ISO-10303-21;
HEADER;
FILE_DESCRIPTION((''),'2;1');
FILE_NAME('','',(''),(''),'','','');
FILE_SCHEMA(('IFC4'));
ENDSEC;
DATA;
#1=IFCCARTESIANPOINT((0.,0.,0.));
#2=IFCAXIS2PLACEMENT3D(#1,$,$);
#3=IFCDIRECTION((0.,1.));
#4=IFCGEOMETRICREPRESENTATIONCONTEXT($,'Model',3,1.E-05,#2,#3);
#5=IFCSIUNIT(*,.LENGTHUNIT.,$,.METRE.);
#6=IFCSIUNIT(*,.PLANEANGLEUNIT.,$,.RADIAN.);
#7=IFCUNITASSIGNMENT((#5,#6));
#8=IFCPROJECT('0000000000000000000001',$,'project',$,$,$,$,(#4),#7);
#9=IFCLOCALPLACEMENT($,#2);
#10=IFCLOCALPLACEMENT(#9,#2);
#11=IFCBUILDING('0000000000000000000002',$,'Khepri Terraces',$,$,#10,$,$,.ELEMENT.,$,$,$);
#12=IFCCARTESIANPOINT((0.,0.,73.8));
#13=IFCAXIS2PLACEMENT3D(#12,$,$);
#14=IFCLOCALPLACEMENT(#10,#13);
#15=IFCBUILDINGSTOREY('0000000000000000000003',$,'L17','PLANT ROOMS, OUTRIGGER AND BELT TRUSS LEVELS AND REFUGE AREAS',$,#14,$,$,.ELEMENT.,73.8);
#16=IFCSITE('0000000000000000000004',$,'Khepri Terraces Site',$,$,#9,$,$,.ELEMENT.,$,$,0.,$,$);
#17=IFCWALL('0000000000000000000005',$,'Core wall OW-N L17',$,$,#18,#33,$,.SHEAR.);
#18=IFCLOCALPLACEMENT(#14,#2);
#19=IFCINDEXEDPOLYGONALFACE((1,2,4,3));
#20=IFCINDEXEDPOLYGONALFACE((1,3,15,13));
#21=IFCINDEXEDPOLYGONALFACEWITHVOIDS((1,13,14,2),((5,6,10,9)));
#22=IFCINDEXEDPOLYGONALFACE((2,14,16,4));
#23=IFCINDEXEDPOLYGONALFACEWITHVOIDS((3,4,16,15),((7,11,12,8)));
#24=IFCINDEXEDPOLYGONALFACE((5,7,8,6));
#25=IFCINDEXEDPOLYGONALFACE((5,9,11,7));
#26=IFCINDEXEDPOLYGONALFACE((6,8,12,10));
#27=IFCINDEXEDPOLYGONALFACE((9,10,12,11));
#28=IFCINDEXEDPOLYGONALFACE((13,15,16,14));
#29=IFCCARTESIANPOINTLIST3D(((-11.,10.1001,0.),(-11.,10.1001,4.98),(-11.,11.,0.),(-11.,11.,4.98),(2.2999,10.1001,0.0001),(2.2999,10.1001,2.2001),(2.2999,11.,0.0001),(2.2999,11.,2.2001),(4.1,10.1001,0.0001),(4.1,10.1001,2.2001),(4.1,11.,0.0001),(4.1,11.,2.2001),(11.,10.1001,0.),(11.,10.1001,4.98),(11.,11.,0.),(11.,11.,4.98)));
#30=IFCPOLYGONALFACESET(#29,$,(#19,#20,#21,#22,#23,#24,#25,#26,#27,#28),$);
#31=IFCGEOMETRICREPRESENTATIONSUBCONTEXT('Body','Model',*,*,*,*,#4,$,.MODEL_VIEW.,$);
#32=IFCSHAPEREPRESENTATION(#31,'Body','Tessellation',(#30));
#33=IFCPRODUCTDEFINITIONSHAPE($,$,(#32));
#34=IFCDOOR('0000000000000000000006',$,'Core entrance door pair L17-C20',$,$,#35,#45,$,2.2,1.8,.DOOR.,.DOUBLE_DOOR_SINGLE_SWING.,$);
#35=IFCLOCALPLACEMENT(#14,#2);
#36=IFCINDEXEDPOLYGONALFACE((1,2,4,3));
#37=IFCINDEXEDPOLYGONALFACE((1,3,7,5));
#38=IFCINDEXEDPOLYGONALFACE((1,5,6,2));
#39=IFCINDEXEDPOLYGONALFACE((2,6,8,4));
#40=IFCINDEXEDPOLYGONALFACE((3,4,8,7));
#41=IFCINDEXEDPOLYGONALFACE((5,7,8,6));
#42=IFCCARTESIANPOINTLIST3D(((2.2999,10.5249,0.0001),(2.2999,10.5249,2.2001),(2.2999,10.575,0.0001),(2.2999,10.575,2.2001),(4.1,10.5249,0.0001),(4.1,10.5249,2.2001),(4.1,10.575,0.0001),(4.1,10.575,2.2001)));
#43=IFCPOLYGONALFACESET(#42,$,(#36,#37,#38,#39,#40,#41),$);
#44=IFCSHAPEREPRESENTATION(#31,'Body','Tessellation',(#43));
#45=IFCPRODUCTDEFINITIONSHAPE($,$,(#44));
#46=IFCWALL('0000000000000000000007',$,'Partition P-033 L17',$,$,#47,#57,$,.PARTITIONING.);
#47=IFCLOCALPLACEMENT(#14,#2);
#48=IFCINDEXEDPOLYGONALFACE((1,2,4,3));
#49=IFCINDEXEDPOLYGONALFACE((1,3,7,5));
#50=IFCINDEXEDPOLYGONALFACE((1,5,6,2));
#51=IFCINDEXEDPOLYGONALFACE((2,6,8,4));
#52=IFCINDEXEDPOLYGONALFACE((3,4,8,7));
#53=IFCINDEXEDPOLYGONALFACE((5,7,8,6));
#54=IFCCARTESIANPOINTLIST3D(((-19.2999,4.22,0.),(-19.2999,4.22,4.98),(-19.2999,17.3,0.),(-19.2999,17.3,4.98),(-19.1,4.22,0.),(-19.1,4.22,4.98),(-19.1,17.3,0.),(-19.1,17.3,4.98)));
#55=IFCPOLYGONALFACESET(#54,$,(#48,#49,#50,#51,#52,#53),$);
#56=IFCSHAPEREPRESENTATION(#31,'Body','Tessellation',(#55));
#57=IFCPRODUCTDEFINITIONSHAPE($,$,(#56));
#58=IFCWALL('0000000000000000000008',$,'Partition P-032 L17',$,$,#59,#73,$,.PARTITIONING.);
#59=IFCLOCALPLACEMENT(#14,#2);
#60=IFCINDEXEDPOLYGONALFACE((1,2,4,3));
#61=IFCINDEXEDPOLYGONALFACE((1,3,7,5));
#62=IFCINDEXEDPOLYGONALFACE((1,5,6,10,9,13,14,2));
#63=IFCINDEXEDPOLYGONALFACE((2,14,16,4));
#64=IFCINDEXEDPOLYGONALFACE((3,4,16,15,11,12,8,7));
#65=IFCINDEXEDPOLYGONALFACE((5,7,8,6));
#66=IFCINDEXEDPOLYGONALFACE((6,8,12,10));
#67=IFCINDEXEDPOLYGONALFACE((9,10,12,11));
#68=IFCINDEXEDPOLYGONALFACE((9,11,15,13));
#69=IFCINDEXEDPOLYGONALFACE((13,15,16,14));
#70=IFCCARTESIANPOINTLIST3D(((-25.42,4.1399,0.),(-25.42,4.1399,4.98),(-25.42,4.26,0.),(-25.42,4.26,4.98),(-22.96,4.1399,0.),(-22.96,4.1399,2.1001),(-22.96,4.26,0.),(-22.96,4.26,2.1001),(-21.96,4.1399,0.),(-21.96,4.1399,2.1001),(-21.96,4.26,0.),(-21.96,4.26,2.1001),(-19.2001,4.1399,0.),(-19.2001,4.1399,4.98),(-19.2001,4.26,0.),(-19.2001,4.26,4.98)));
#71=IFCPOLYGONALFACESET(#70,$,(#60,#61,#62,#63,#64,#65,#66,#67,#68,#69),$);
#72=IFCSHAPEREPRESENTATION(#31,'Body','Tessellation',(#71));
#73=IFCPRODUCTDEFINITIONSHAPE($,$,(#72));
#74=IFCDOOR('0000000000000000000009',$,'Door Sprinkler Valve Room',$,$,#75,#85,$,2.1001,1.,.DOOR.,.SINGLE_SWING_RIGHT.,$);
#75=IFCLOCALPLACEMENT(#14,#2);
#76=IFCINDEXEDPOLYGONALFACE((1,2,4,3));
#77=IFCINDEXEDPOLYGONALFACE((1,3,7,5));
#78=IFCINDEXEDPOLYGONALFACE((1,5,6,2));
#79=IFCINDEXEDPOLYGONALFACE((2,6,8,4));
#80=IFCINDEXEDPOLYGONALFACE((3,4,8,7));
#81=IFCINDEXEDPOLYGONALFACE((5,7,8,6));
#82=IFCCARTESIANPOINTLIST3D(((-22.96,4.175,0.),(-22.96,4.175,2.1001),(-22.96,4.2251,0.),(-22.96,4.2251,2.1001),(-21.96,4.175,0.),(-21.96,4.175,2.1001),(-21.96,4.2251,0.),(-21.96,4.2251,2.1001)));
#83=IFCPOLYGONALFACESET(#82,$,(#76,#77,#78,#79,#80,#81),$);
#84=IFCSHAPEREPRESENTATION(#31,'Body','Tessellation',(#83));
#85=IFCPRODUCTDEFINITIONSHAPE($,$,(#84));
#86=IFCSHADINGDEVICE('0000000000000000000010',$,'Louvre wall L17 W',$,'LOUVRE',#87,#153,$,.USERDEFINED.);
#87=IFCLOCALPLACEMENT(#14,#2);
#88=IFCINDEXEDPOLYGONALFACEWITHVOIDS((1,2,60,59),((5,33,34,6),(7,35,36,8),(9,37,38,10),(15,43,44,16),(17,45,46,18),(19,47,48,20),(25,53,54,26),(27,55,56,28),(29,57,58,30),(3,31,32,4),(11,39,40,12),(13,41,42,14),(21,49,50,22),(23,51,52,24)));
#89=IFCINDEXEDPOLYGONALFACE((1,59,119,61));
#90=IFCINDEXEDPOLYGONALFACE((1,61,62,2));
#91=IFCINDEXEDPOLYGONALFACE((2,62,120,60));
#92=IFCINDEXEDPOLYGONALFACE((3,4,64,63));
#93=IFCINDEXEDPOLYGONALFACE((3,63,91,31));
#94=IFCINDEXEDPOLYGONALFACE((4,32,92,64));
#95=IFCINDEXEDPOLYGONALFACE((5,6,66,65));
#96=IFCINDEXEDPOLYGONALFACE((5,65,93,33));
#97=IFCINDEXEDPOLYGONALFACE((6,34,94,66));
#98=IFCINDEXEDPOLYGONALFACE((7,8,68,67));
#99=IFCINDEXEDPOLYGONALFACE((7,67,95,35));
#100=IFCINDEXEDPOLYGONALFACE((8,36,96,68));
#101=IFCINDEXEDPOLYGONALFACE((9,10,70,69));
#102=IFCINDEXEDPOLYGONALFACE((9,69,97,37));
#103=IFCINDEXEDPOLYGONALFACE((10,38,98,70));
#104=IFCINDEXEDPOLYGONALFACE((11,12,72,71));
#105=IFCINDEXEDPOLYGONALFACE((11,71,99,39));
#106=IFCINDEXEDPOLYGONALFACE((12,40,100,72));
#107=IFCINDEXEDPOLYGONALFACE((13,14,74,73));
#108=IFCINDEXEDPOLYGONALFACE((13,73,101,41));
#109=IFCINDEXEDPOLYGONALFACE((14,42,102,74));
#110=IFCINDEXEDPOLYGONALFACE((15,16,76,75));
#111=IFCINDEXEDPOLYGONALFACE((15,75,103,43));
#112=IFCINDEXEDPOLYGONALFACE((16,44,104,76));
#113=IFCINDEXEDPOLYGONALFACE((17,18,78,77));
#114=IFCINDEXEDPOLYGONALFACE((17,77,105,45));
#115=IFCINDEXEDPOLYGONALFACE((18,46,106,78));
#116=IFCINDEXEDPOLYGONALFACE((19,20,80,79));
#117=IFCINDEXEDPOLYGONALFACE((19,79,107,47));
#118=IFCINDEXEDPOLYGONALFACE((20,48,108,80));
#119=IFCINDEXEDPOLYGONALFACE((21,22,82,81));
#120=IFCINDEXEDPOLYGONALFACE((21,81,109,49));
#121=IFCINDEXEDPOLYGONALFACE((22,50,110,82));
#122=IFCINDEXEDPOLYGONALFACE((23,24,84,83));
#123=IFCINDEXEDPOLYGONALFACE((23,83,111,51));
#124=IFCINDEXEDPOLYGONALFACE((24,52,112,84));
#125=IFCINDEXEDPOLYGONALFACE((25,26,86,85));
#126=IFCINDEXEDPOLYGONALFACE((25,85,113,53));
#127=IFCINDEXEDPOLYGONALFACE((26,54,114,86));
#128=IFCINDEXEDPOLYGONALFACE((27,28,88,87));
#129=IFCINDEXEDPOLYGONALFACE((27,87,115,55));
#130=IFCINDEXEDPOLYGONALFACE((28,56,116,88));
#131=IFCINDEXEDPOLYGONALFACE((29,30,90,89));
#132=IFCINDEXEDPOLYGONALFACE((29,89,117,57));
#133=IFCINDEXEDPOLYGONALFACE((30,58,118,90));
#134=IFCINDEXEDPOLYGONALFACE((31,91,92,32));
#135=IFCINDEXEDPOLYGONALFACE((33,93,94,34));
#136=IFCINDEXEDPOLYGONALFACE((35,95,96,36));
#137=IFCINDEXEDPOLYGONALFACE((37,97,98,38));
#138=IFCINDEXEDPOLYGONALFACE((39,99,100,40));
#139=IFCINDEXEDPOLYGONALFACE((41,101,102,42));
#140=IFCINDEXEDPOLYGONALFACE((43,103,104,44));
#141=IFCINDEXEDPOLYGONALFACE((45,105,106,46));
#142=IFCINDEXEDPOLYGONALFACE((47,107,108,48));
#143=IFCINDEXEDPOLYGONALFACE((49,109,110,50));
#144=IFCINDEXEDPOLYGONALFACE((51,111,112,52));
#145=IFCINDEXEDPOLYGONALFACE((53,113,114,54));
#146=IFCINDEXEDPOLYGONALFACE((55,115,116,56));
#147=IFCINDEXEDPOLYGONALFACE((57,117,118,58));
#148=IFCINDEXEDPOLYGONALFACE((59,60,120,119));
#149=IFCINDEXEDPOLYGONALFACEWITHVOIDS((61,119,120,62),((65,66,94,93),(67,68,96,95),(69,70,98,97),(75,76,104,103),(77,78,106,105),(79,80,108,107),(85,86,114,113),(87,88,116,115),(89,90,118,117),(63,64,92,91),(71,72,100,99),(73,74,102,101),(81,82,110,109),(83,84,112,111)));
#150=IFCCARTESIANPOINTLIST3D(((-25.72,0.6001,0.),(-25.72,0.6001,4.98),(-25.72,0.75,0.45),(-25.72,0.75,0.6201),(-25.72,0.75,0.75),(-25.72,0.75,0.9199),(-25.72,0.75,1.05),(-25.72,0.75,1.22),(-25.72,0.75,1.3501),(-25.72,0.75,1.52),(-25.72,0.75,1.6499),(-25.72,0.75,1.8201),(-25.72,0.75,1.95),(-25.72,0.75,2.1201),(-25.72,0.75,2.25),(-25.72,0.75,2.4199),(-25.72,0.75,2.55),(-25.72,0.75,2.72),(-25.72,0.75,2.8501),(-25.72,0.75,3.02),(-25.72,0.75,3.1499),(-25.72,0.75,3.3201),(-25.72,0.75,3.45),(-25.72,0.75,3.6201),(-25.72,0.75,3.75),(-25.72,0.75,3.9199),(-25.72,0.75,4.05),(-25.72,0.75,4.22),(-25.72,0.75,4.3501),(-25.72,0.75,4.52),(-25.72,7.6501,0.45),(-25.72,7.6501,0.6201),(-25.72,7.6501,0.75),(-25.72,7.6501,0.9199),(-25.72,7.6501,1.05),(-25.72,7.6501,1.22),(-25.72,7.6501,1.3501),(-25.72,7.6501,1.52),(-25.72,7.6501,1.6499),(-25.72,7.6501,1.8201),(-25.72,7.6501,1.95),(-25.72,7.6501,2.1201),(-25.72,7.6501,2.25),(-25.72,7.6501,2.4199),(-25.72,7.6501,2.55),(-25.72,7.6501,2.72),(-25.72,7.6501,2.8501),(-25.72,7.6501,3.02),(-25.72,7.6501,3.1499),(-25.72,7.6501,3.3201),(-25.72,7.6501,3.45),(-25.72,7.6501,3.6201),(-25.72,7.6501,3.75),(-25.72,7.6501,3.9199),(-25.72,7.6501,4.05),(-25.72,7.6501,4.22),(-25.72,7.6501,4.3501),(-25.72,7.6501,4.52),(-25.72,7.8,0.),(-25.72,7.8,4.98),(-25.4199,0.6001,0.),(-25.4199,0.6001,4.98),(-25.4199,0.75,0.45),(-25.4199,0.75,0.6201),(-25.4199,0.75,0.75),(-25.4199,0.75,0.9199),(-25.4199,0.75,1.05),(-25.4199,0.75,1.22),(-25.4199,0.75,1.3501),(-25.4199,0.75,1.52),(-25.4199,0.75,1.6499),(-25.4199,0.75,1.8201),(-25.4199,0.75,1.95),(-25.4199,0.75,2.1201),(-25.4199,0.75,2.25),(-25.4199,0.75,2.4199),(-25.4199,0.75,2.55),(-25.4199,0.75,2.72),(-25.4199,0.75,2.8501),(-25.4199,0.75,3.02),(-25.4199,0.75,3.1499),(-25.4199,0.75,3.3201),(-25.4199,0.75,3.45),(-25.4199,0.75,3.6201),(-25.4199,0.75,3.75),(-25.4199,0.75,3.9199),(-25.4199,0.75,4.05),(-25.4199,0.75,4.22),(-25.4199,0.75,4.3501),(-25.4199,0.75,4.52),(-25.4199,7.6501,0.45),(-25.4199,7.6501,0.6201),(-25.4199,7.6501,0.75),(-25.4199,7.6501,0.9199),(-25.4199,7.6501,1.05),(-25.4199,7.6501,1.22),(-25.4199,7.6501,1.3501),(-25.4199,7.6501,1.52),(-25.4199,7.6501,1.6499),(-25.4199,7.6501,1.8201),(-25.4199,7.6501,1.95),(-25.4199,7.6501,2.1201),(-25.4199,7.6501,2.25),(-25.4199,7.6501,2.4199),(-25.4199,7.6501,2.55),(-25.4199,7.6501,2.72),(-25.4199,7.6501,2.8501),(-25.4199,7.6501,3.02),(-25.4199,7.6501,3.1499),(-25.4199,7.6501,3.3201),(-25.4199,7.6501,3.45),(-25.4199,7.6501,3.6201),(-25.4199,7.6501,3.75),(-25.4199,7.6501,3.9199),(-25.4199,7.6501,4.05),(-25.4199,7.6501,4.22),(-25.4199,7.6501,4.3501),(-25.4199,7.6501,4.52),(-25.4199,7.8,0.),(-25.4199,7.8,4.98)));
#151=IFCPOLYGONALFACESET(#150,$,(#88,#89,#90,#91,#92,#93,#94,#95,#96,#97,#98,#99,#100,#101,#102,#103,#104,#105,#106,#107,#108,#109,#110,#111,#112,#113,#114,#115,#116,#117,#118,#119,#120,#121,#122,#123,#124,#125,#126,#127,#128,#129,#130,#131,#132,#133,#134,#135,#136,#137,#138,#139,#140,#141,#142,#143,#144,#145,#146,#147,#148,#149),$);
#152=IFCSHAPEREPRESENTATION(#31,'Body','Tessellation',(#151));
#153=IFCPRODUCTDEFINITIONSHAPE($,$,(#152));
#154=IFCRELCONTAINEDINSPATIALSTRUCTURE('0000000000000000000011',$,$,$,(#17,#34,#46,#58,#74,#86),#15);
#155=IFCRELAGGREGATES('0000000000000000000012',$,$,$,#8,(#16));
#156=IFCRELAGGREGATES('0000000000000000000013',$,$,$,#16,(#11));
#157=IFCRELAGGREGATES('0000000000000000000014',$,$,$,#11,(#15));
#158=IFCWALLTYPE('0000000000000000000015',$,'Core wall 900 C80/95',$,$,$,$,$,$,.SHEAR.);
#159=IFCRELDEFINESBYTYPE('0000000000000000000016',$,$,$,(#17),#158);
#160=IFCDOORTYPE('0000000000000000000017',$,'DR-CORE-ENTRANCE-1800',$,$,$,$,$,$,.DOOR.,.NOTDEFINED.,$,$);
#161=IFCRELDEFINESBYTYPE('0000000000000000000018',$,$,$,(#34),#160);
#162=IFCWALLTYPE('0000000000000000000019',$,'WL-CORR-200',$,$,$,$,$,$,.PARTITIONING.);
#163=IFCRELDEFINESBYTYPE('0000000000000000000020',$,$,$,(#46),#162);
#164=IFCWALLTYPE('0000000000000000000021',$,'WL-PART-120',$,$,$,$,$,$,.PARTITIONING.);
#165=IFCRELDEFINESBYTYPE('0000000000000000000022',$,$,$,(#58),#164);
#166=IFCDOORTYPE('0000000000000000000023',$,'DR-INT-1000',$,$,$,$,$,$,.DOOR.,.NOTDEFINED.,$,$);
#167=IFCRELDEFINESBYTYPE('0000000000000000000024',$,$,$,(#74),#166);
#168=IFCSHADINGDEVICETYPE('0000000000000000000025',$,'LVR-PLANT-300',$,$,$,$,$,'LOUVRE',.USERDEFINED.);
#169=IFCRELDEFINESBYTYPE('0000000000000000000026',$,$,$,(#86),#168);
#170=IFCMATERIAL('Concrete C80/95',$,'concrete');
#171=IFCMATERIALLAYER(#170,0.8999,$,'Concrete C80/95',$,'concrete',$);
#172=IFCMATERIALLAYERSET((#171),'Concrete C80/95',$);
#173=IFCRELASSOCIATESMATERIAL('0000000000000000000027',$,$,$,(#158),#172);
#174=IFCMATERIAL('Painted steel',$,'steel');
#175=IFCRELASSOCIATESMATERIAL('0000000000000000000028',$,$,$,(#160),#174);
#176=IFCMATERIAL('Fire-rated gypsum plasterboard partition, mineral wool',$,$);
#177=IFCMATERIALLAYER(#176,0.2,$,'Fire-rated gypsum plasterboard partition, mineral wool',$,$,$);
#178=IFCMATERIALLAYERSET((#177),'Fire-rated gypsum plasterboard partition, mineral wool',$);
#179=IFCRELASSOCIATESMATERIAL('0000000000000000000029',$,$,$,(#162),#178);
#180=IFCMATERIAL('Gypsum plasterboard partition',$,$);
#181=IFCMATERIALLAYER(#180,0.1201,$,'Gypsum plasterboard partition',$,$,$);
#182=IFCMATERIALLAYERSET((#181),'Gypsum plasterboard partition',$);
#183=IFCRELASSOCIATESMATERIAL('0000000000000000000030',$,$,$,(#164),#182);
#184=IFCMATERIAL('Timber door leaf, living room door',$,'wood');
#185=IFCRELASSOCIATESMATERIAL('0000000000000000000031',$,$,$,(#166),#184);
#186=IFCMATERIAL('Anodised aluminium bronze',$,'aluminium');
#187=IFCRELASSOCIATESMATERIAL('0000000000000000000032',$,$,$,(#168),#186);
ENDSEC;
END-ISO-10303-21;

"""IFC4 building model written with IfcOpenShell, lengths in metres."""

from ifc_helpers import new_model, si_unit, direction, frame, frame_2d, origin, place, context, subcontext, project, spatial, polyline, rectangle, outline, extrude, material, layer, layer_set, type_object, element, fill, save


model = new_model("IFC4")

# Units and contexts
model_context = context("Model", 3, precision=1e-05, world=origin(), true_north=direction((0.0, 1.0)))
body_context = subcontext(model_context, "Body", "Model", "MODEL_VIEW")
ifc_project = project(units=[si_unit("LENGTHUNIT", "METRE"), si_unit("PLANEANGLEUNIT", "RADIAN")], contexts=[model_context])

# Site, building, storey
site_placement = place(None, origin())
site = spatial("IfcSite", under=ifc_project, at=site_placement, Name="Khepri Terraces Site", CompositionType="ELEMENT", RefElevation=0.0)
building_placement = place(site_placement, origin())
building = spatial("IfcBuilding", under=site, at=building_placement, Name="Khepri Terraces", CompositionType="ELEMENT")
storey_placement = place(building_placement, frame((0.0, 0.0, 73.8)))
storey = spatial("IfcBuildingStorey", under=building, at=storey_placement, Name="L17", Description="PLANT ROOMS, OUTRIGGER AND BELT TRUSS LEVELS AND REFUGE AREAS", CompositionType="ELEMENT", Elevation=73.8)

# Shared definitions
ifc_material_1 = material(Name="Concrete C80/95", Category="concrete")

# Wall, opening, door
ifc_layer_1 = layer(ifc_material_1, 0.8999, Name="Concrete C80/95", Category="concrete")
ifc_layer_set_1 = layer_set([ifc_layer_1], Name="Concrete C80/95")
wall_type_1 = type_object("IfcWallType", Name="Core wall 900 C80/95", PredefinedType="SHEAR", material=ifc_layer_set_1)
wall_1_placement = place(storey_placement, frame((-11.0, 10.55, 0.0), z_axis=(0.0, 0.0, 1.0), x_axis=(1.0, 0.0, 0.0)))
wall_1 = element("IfcWall", 1, at=wall_1_placement, inside=storey, type_object=wall_type_1, Name="Core wall OW-N L17", PredefinedType="SHEAR", context=body_context, shape_type="SweptSolid", body=[
    extrude(rectangle(XDim=22.0, YDim=0.8999, at=frame_2d((11.0, 0.0))), origin(), (0.0, 0.0, 1.0), 4.98),
])
opening_1_placement = place(wall_1_placement, frame((13.3, 0.0, 0.0)))
opening_1 = element("IfcOpeningElement", 2, at=opening_1_placement, cuts=wall_1, PredefinedType="OPENING", context=body_context, shape_type="SweptSolid", body=[
    extrude(rectangle(XDim=1.8, YDim=2.2, at=frame_2d((0.8999, 1.1001))), frame((0.0, 0.46, 0.0), z_axis=(0.0, -1.0, 0.0), x_axis=(1.0, 0.0, 0.0)), (0.0, 0.0, 1.0), 0.9199),
])
ifc_material_2 = material(Name="Painted steel", Category="steel")
door_type_1 = type_object("IfcDoorType", Name="DR-CORE-ENTRANCE-1800", OperationType="NOTDEFINED", PredefinedType="DOOR", material=ifc_material_2)
door_1_placement = place(opening_1_placement, origin())
door_1 = element("IfcDoor", 3, at=door_1_placement, inside=storey, type_object=door_type_1, Name="Core entrance door pair L17-C20", OperationType="DOUBLE_DOOR_SINGLE_SWING", OverallHeight=2.2, OverallWidth=1.8, PredefinedType="DOOR", context=body_context, shape_type="SweptSolid", body=[
    extrude(rectangle(XDim=1.8, YDim=2.2, at=frame_2d((0.8999, 1.1001))), frame((0.0, 0.0249, 0.0), z_axis=(0.0, -1.0, 0.0), x_axis=(1.0, 0.0, 0.0)), (0.0, 0.0, 1.0), 0.05),
])
fill(opening_1, door_1)

# Wall
ifc_material_3 = material(Name="Fire-rated gypsum plasterboard partition, mineral wool")
ifc_layer_2 = layer(ifc_material_3, 0.2, Name="Fire-rated gypsum plasterboard partition, mineral wool")
ifc_layer_set_2 = layer_set([ifc_layer_2], Name="Fire-rated gypsum plasterboard partition, mineral wool")
wall_type_2 = type_object("IfcWallType", Name="WL-CORR-200", PredefinedType="PARTITIONING", material=ifc_layer_set_2)
wall_2_placement = place(storey_placement, frame((-19.2, 4.22, 0.0), z_axis=(0.0, 0.0, 1.0), x_axis=(0.0, 1.0, 0.0)))
element("IfcWall", 4, at=wall_2_placement, inside=storey, type_object=wall_type_2, Name="Partition P-033 L17", PredefinedType="PARTITIONING", context=body_context, shape_type="SweptSolid", body=[
    extrude(rectangle(XDim=13.0801, YDim=0.2, at=frame_2d((6.54, 0.0))), origin(), (0.0, 0.0, 1.0), 4.98),
])

# Wall, opening, door
ifc_material_4 = material(Name="Gypsum plasterboard partition")
ifc_layer_3 = layer(ifc_material_4, 0.1201, Name="Gypsum plasterboard partition")
ifc_layer_set_3 = layer_set([ifc_layer_3], Name="Gypsum plasterboard partition")
wall_type_3 = type_object("IfcWallType", Name="WL-PART-120", PredefinedType="PARTITIONING", material=ifc_layer_set_3)
wall_3_placement = place(storey_placement, frame((-25.4199, 4.2, 0.0), z_axis=(0.0, 0.0, 1.0), x_axis=(1.0, 0.0, 0.0)))
wall_3 = element("IfcWall", 5, at=wall_3_placement, inside=storey, type_object=wall_type_3, Name="Partition P-032 L17", PredefinedType="PARTITIONING", context=body_context, shape_type="SweptSolid", body=[
    extrude(rectangle(XDim=6.22, YDim=0.1201, at=frame_2d((3.1099, 0.0))), origin(), (0.0, 0.0, 1.0), 4.98),
])
opening_2_placement = place(wall_3_placement, frame((2.46, 0.0, 0.0)))
opening_2 = element("IfcOpeningElement", 6, at=opening_2_placement, cuts=wall_3, PredefinedType="OPENING", context=body_context, shape_type="SweptSolid", body=[
    extrude(rectangle(XDim=1.0, YDim=2.1001, at=frame_2d((0.5, 1.05))), frame((0.0, 0.0701, 0.0), z_axis=(0.0, -1.0, 0.0), x_axis=(1.0, 0.0, 0.0)), (0.0, 0.0, 1.0), 0.1401),
])
ifc_material_5 = material(Name="Timber door leaf, living room door", Category="wood")
door_type_2 = type_object("IfcDoorType", Name="DR-INT-1000", OperationType="NOTDEFINED", PredefinedType="DOOR", material=ifc_material_5)
door_2_placement = place(opening_2_placement, frame((1.0, 0.0, 0.0), z_axis=(0.0, 0.0, 1.0), x_axis=(-1.0, 0.0, 0.0)))
door_2 = element("IfcDoor", 7, at=door_2_placement, inside=storey, type_object=door_type_2, Name="Door Sprinkler Valve Room", OperationType="SINGLE_SWING_RIGHT", OverallHeight=2.1001, OverallWidth=1.0, PredefinedType="DOOR", context=body_context, shape_type="SweptSolid", body=[
    extrude(rectangle(XDim=1.0, YDim=2.1001, at=frame_2d((0.5, 1.05))), frame((0.0, 0.0249, 0.0), z_axis=(0.0, -1.0, 0.0), x_axis=(1.0, 0.0, 0.0)), (0.0, 0.0, 1.0), 0.05),
])
fill(opening_2, door_2)

# Shading device
ifc_material_6 = material(Name="Anodised aluminium bronze", Category="aluminium")
shading_device_type = type_object("IfcShadingDeviceType", Name="LVR-PLANT-300", ElementType="LOUVRE", PredefinedType="USERDEFINED", material=ifc_material_6)
shading_device_1_placement = place(storey_placement, frame((-25.4199, 7.8, 0.0), z_axis=(-1.0, 0.0, 0.0), x_axis=(0.0, -1.0, 0.0)))
element("IfcShadingDevice", 8, at=shading_device_1_placement, inside=storey, type_object=shading_device_type, Name="Louvre wall L17 W", ObjectType="LOUVRE", PredefinedType="USERDEFINED", context=body_context, shape_type="SweptSolid", body=[
    extrude(outline(polyline([(0.0, 0.0), (7.2, 0.0), (7.2, 4.98), (0.0, 4.98), (0.0, 0.0)]), holes=[polyline([(0.1499, 0.45), (7.05, 0.45), (7.05, 0.6201), (0.1499, 0.6201), (0.1499, 0.45)]), polyline([(0.1499, 0.75), (7.05, 0.75), (7.05, 0.9199), (0.1499, 0.9199), (0.1499, 0.75)]), polyline([(0.1499, 1.05), (7.05, 1.05), (7.05, 1.22), (0.1499, 1.22), (0.1499, 1.05)]), polyline([(0.1499, 1.3501), (7.05, 1.3501), (7.05, 1.52), (0.1499, 1.52), (0.1499, 1.3501)]), polyline([(0.1499, 1.6499), (7.05, 1.6499), (7.05, 1.8201), (0.1499, 1.8201), (0.1499, 1.6499)]), polyline([(0.1499, 1.95), (7.05, 1.95), (7.05, 2.1201), (0.1499, 2.1201), (0.1499, 1.95)]), polyline([(0.1499, 2.25), (7.05, 2.25), (7.05, 2.4199), (0.1499, 2.4199), (0.1499, 2.25)]), polyline([(0.1499, 2.55), (7.05, 2.55), (7.05, 2.72), (0.1499, 2.72), (0.1499, 2.55)]), polyline([(0.1499, 2.8501), (7.05, 2.8501), (7.05, 3.02), (0.1499, 3.02), (0.1499, 2.8501)]), polyline([(0.1499, 3.1499), (7.05, 3.1499), (7.05, 3.3201), (0.1499, 3.3201), (0.1499, 3.1499)]), polyline([(0.1499, 3.45), (7.05, 3.45), (7.05, 3.6201), (0.1499, 3.6201), (0.1499, 3.45)]), polyline([(0.1499, 3.75), (7.05, 3.75), (7.05, 3.9199), (0.1499, 3.9199), (0.1499, 3.75)]), polyline([(0.1499, 4.05), (7.05, 4.05), (7.05, 4.22), (0.1499, 4.22), (0.1499, 4.05)]), polyline([(0.1499, 4.3501), (7.05, 4.3501), (7.05, 4.52), (0.1499, 4.52), (0.1499, 4.3501)])]), origin(), (0.0, 0.0, 1.0), 0.3),
])

save(model, "model.ifc")
